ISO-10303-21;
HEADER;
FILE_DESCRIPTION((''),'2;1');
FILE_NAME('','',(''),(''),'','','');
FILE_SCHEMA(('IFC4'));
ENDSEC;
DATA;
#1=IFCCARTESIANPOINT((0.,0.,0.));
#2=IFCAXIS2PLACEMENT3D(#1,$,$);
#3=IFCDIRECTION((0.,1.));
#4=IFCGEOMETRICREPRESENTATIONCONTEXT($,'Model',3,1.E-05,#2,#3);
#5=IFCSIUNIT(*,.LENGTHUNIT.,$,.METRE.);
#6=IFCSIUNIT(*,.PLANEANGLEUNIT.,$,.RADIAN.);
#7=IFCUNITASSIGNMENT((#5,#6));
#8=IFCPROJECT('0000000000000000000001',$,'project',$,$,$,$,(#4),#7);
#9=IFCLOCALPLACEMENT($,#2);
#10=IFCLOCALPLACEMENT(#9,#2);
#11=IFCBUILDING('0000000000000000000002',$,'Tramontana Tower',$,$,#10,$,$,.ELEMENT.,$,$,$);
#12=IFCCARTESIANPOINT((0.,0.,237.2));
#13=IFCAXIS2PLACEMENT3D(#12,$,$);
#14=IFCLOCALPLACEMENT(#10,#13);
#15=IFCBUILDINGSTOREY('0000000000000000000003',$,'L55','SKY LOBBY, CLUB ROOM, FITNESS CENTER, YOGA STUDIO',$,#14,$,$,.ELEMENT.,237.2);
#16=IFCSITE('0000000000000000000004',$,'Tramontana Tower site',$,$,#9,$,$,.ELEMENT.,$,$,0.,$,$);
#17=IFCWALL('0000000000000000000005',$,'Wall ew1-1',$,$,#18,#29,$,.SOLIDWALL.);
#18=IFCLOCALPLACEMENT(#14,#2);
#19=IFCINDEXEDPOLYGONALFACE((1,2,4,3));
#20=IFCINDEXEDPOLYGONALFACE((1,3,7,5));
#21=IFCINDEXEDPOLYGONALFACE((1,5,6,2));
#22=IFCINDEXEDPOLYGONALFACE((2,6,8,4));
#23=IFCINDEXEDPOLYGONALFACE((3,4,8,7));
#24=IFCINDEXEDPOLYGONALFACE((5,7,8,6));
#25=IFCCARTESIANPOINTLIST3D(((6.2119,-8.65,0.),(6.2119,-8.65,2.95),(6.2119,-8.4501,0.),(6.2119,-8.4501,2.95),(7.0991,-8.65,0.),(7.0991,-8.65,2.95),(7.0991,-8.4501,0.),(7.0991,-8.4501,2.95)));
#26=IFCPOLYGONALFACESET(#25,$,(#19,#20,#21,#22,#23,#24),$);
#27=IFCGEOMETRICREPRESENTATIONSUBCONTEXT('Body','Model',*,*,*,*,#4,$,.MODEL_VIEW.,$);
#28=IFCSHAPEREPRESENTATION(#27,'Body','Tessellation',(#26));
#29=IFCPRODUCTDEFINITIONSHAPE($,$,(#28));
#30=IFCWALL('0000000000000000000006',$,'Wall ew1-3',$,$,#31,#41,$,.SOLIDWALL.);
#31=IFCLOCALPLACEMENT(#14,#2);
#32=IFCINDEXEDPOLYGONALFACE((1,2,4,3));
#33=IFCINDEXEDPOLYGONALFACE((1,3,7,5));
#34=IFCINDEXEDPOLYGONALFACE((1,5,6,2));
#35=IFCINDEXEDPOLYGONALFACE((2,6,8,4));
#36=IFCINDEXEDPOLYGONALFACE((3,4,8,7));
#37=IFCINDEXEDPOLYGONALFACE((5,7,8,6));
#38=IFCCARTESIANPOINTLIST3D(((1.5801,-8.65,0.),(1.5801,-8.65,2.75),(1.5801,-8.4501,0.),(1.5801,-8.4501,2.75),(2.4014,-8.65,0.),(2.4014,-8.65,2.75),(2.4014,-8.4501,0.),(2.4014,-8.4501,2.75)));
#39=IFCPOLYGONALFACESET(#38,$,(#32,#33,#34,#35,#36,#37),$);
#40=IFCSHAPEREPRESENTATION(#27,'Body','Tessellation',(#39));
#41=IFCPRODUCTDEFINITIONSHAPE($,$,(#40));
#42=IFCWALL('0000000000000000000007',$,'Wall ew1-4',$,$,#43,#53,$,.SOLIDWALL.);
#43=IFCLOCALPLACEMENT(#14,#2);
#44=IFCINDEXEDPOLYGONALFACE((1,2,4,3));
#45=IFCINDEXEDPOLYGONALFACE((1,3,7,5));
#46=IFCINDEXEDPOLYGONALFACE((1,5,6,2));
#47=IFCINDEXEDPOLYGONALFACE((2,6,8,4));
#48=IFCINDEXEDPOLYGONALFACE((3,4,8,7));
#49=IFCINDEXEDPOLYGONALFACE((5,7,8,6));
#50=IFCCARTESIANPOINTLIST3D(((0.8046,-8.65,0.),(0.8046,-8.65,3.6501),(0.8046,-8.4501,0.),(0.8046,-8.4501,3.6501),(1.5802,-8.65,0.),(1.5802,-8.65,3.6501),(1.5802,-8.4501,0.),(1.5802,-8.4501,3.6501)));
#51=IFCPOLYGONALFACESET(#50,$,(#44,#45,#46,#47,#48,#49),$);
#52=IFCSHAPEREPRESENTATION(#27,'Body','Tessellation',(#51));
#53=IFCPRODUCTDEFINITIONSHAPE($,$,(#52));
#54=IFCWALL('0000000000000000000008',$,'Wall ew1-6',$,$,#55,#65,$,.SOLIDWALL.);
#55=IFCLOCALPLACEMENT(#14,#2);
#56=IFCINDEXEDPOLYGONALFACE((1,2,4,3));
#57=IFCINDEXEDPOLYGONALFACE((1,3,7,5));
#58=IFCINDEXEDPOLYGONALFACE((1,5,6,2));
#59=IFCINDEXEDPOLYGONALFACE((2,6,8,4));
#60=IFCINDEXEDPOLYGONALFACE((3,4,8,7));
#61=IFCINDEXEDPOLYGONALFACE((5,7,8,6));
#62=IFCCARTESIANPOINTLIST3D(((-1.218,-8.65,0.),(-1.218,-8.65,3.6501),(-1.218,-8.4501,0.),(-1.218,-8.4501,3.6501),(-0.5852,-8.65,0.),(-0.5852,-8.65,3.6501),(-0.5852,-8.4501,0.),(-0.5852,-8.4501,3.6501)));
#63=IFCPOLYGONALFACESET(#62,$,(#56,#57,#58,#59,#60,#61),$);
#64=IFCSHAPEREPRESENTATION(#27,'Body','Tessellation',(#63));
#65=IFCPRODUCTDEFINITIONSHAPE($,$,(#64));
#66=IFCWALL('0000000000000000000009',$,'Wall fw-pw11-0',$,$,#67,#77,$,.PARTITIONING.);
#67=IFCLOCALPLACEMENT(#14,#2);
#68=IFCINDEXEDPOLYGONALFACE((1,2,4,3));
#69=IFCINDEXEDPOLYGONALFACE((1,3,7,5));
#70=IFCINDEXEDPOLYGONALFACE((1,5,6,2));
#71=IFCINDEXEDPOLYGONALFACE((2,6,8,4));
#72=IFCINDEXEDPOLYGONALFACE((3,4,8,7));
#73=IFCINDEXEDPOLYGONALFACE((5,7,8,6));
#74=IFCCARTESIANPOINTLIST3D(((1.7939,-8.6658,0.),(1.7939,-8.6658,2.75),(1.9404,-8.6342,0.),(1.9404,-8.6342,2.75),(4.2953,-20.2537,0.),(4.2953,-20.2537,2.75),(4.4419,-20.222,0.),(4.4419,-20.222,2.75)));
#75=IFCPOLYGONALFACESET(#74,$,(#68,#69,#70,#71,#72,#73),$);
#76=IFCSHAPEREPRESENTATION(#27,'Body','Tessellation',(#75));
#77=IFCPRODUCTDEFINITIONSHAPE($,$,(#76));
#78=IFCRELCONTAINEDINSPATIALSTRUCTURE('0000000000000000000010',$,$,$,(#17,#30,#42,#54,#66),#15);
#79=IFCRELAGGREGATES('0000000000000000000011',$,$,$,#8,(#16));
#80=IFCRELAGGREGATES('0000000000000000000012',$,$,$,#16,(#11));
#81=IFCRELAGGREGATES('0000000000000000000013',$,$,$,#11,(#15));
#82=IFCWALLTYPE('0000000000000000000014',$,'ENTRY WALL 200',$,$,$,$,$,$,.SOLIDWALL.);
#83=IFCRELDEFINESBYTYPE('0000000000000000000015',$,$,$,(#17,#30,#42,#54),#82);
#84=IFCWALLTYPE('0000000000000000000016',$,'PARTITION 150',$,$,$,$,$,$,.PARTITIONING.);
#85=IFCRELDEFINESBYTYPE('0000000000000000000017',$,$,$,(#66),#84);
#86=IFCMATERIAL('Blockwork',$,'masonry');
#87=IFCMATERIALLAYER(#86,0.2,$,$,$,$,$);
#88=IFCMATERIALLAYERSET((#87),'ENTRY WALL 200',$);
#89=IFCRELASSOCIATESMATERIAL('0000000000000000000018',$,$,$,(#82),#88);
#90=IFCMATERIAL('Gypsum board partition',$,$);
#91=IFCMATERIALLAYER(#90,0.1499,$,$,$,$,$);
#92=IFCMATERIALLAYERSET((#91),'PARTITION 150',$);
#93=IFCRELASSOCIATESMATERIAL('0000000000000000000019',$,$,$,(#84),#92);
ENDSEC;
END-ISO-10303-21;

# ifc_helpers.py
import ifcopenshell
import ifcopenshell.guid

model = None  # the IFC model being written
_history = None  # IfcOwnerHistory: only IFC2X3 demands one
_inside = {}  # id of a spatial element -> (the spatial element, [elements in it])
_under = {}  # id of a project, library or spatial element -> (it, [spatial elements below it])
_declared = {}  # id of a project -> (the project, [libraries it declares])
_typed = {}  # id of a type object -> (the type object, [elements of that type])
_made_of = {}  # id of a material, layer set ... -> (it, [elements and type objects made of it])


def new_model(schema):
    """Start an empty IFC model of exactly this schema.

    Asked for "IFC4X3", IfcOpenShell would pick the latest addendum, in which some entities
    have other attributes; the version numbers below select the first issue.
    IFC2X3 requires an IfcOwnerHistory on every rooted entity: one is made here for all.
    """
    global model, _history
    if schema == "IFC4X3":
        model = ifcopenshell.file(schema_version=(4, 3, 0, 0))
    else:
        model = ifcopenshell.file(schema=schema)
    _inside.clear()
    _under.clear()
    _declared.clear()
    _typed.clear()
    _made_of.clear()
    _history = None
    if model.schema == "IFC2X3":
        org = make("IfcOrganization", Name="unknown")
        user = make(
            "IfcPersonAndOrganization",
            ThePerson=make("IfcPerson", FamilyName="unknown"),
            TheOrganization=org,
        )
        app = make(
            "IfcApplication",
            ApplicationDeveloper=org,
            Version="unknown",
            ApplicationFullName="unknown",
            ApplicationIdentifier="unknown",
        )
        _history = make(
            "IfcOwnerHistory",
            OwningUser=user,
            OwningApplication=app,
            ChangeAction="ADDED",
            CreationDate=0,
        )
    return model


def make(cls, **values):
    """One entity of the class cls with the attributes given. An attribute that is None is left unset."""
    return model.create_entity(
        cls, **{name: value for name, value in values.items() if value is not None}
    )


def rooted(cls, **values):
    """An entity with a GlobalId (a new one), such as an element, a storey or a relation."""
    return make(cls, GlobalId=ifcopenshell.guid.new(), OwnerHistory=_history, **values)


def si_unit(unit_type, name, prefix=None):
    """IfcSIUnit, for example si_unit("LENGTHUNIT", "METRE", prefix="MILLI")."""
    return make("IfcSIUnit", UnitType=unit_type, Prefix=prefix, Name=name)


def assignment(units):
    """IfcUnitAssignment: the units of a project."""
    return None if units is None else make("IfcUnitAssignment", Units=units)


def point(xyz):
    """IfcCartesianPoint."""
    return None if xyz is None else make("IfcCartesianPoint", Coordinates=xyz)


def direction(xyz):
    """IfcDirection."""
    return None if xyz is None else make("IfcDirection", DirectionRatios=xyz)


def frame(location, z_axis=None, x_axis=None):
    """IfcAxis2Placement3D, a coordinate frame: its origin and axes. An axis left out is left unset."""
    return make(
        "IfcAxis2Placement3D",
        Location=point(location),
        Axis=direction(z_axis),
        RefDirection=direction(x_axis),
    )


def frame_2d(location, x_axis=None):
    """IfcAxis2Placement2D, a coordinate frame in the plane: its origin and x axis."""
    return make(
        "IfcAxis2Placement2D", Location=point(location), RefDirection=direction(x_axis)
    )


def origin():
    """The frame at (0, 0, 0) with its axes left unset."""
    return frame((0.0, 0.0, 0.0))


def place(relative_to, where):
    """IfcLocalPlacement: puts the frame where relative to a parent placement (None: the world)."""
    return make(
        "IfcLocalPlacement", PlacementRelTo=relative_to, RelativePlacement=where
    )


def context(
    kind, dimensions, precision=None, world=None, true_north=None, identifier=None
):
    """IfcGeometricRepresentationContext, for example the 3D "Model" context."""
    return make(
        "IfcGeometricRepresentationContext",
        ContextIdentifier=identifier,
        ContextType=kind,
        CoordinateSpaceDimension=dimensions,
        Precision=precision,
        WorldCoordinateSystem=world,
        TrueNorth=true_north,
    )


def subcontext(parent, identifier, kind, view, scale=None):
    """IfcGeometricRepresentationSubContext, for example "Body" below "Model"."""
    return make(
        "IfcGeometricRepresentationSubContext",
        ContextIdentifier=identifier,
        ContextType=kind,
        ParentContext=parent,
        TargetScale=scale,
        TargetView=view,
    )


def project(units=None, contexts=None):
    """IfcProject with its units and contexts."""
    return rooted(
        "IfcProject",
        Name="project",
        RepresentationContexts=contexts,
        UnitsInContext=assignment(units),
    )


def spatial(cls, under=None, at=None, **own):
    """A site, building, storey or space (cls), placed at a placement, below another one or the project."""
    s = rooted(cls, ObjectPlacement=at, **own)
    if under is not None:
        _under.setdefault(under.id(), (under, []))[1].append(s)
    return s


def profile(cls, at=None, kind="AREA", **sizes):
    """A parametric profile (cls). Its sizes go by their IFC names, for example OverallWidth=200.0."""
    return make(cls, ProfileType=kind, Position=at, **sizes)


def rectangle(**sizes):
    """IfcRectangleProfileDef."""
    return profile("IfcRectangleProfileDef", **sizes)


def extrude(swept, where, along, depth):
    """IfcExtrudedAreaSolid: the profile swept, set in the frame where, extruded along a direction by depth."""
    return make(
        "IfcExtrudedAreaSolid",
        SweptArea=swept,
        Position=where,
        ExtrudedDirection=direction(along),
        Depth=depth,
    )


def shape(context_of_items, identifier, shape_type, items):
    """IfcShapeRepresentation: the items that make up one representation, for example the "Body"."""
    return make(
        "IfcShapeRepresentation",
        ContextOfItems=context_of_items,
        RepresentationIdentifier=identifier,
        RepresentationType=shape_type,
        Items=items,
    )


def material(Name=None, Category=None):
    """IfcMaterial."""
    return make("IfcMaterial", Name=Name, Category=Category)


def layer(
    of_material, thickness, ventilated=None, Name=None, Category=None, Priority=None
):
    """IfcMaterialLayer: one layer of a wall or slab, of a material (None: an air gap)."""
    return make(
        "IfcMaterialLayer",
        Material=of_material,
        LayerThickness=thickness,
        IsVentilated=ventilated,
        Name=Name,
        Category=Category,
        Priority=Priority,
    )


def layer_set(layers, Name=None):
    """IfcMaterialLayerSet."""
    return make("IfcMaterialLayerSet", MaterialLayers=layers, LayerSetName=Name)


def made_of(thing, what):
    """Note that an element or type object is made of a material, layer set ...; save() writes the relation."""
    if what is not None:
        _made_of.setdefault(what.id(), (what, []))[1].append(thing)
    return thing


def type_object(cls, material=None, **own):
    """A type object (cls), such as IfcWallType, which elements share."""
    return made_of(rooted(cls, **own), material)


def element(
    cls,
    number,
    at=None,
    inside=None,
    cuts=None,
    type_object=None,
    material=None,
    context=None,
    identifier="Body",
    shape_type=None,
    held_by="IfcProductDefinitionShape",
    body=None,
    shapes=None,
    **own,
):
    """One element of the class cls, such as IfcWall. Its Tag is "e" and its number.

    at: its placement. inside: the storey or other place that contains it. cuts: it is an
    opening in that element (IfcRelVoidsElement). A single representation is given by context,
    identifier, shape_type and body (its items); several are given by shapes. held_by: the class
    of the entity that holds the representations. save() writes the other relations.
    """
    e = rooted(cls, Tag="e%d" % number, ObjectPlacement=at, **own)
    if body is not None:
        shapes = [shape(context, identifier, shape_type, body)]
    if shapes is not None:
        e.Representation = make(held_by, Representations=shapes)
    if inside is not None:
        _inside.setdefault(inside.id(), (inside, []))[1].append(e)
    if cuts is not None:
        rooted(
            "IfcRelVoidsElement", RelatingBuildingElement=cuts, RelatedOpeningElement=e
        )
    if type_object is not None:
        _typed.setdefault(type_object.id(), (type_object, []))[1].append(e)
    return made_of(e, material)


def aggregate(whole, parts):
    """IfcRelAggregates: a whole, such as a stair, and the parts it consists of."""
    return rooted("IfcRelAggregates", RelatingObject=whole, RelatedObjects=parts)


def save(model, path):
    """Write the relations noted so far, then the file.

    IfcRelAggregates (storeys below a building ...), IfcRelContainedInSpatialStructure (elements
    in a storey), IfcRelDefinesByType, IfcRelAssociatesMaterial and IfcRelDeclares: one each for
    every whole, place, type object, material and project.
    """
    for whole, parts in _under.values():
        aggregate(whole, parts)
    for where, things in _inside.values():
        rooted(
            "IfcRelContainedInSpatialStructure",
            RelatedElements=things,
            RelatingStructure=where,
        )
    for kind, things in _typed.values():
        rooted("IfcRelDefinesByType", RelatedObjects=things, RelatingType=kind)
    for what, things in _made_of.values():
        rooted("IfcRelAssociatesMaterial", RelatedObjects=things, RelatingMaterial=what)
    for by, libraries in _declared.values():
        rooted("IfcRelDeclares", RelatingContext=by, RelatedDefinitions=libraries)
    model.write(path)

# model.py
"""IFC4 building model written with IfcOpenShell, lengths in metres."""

from ifc_helpers import new_model, si_unit, direction, frame, frame_2d, origin, place, context, subcontext, project, spatial, rectangle, extrude, material, layer, layer_set, type_object, element, save


model = new_model("IFC4")

# Units and contexts
model_context = context("Model", 3, precision=1e-05, world=origin(), true_north=direction((0.0, 1.0)))
body_context = subcontext(model_context, "Body", "Model", "MODEL_VIEW")
ifc_project = project(units=[si_unit("LENGTHUNIT", "METRE"), si_unit("PLANEANGLEUNIT", "RADIAN")], contexts=[model_context])

# Site, building, storey
site_placement = place(None, origin())
site = spatial("IfcSite", under=ifc_project, at=site_placement, Name="Tramontana Tower site", CompositionType="ELEMENT", RefElevation=0.0)
building_placement = place(site_placement, origin())
building = spatial("IfcBuilding", under=site, at=building_placement, Name="Tramontana Tower", CompositionType="ELEMENT")
storey_placement = place(building_placement, frame((0.0, 0.0, 237.2)))
storey = spatial("IfcBuildingStorey", under=building, at=storey_placement, Name="L55", Description="SKY LOBBY, CLUB ROOM, FITNESS CENTER, YOGA STUDIO", CompositionType="ELEMENT", Elevation=237.2)

# Wall
ifc_material_1 = material(Name="Blockwork", Category="masonry")
ifc_layer_1 = layer(ifc_material_1, 0.2)
ifc_layer_set_1 = layer_set([ifc_layer_1], Name="ENTRY WALL 200")
wall_type_1 = type_object("IfcWallType", Name="ENTRY WALL 200", PredefinedType="SOLIDWALL", material=ifc_layer_set_1)
wall_1_placement = place(storey_placement, frame((7.0991, -8.55, 0.0), z_axis=(0.0, 0.0, 1.0), x_axis=(-1.0, 0.0, 0.0)))
element("IfcWall", 1, at=wall_1_placement, inside=storey, type_object=wall_type_1, Name="Wall ew1-1", PredefinedType="SOLIDWALL", context=body_context, shape_type="SweptSolid", body=[
    extrude(rectangle(XDim=0.8872, YDim=0.2, at=frame_2d((0.4436, 0.0))), origin(), (0.0, 0.0, 1.0), 2.95),
])

# Walls
wall_2_placement = place(storey_placement, frame((2.4014, -8.55, 0.0), z_axis=(0.0, 0.0, 1.0), x_axis=(-1.0, 0.0, 0.0)))
element("IfcWall", 2, at=wall_2_placement, inside=storey, type_object=wall_type_1, Name="Wall ew1-3", PredefinedType="SOLIDWALL", context=body_context, shape_type="SweptSolid", body=[
    extrude(rectangle(XDim=0.8213, YDim=0.2, at=frame_2d((0.4106, 0.0))), origin(), (0.0, 0.0, 1.0), 2.75),
])
wall_3_placement = place(storey_placement, frame((1.5801, -8.55, 0.0), z_axis=(0.0, 0.0, 1.0), x_axis=(-1.0, 0.0, 0.0)))
element("IfcWall", 3, at=wall_3_placement, inside=storey, type_object=wall_type_1, Name="Wall ew1-4", PredefinedType="SOLIDWALL", context=body_context, shape_type="SweptSolid", body=[
    extrude(rectangle(XDim=0.7756, YDim=0.2, at=frame_2d((0.3877, 0.0))), origin(), (0.0, 0.0, 1.0), 3.6501),
])

# Walls
wall_4_placement = place(storey_placement, frame((-0.5852, -8.55, 0.0), z_axis=(0.0, 0.0, 1.0), x_axis=(-1.0, 0.0, 0.0)))
element("IfcWall", 4, at=wall_4_placement, inside=storey, type_object=wall_type_1, Name="Wall ew1-6", PredefinedType="SOLIDWALL", context=body_context, shape_type="SweptSolid", body=[
    extrude(rectangle(XDim=0.6328, YDim=0.2, at=frame_2d((0.3164, 0.0))), origin(), (0.0, 0.0, 1.0), 3.6501),
])
ifc_material_2 = material(Name="Gypsum board partition")
ifc_layer_2 = layer(ifc_material_2, 0.1499)
ifc_layer_set_2 = layer_set([ifc_layer_2], Name="PARTITION 150")
wall_type_2 = type_object("IfcWallType", Name="PARTITION 150", PredefinedType="PARTITIONING", material=ifc_layer_set_2)
wall_5_placement = place(storey_placement, frame((1.8672, -8.6501, 0.0), z_axis=(0.0, 0.0, 1.0), x_axis=(0.211008, -0.977484, 0.0)))
element("IfcWall", 5, at=wall_5_placement, inside=storey, type_object=wall_type_2, Name="Wall fw-pw11-0", PredefinedType="PARTITIONING", context=body_context, shape_type="SweptSolid", body=[
    extrude(rectangle(XDim=11.8547, YDim=0.1499, at=frame_2d((5.9272, 0.0))), origin(), (0.0, 0.0, 1.0), 2.75),
])

save(model, "model.ifc")
